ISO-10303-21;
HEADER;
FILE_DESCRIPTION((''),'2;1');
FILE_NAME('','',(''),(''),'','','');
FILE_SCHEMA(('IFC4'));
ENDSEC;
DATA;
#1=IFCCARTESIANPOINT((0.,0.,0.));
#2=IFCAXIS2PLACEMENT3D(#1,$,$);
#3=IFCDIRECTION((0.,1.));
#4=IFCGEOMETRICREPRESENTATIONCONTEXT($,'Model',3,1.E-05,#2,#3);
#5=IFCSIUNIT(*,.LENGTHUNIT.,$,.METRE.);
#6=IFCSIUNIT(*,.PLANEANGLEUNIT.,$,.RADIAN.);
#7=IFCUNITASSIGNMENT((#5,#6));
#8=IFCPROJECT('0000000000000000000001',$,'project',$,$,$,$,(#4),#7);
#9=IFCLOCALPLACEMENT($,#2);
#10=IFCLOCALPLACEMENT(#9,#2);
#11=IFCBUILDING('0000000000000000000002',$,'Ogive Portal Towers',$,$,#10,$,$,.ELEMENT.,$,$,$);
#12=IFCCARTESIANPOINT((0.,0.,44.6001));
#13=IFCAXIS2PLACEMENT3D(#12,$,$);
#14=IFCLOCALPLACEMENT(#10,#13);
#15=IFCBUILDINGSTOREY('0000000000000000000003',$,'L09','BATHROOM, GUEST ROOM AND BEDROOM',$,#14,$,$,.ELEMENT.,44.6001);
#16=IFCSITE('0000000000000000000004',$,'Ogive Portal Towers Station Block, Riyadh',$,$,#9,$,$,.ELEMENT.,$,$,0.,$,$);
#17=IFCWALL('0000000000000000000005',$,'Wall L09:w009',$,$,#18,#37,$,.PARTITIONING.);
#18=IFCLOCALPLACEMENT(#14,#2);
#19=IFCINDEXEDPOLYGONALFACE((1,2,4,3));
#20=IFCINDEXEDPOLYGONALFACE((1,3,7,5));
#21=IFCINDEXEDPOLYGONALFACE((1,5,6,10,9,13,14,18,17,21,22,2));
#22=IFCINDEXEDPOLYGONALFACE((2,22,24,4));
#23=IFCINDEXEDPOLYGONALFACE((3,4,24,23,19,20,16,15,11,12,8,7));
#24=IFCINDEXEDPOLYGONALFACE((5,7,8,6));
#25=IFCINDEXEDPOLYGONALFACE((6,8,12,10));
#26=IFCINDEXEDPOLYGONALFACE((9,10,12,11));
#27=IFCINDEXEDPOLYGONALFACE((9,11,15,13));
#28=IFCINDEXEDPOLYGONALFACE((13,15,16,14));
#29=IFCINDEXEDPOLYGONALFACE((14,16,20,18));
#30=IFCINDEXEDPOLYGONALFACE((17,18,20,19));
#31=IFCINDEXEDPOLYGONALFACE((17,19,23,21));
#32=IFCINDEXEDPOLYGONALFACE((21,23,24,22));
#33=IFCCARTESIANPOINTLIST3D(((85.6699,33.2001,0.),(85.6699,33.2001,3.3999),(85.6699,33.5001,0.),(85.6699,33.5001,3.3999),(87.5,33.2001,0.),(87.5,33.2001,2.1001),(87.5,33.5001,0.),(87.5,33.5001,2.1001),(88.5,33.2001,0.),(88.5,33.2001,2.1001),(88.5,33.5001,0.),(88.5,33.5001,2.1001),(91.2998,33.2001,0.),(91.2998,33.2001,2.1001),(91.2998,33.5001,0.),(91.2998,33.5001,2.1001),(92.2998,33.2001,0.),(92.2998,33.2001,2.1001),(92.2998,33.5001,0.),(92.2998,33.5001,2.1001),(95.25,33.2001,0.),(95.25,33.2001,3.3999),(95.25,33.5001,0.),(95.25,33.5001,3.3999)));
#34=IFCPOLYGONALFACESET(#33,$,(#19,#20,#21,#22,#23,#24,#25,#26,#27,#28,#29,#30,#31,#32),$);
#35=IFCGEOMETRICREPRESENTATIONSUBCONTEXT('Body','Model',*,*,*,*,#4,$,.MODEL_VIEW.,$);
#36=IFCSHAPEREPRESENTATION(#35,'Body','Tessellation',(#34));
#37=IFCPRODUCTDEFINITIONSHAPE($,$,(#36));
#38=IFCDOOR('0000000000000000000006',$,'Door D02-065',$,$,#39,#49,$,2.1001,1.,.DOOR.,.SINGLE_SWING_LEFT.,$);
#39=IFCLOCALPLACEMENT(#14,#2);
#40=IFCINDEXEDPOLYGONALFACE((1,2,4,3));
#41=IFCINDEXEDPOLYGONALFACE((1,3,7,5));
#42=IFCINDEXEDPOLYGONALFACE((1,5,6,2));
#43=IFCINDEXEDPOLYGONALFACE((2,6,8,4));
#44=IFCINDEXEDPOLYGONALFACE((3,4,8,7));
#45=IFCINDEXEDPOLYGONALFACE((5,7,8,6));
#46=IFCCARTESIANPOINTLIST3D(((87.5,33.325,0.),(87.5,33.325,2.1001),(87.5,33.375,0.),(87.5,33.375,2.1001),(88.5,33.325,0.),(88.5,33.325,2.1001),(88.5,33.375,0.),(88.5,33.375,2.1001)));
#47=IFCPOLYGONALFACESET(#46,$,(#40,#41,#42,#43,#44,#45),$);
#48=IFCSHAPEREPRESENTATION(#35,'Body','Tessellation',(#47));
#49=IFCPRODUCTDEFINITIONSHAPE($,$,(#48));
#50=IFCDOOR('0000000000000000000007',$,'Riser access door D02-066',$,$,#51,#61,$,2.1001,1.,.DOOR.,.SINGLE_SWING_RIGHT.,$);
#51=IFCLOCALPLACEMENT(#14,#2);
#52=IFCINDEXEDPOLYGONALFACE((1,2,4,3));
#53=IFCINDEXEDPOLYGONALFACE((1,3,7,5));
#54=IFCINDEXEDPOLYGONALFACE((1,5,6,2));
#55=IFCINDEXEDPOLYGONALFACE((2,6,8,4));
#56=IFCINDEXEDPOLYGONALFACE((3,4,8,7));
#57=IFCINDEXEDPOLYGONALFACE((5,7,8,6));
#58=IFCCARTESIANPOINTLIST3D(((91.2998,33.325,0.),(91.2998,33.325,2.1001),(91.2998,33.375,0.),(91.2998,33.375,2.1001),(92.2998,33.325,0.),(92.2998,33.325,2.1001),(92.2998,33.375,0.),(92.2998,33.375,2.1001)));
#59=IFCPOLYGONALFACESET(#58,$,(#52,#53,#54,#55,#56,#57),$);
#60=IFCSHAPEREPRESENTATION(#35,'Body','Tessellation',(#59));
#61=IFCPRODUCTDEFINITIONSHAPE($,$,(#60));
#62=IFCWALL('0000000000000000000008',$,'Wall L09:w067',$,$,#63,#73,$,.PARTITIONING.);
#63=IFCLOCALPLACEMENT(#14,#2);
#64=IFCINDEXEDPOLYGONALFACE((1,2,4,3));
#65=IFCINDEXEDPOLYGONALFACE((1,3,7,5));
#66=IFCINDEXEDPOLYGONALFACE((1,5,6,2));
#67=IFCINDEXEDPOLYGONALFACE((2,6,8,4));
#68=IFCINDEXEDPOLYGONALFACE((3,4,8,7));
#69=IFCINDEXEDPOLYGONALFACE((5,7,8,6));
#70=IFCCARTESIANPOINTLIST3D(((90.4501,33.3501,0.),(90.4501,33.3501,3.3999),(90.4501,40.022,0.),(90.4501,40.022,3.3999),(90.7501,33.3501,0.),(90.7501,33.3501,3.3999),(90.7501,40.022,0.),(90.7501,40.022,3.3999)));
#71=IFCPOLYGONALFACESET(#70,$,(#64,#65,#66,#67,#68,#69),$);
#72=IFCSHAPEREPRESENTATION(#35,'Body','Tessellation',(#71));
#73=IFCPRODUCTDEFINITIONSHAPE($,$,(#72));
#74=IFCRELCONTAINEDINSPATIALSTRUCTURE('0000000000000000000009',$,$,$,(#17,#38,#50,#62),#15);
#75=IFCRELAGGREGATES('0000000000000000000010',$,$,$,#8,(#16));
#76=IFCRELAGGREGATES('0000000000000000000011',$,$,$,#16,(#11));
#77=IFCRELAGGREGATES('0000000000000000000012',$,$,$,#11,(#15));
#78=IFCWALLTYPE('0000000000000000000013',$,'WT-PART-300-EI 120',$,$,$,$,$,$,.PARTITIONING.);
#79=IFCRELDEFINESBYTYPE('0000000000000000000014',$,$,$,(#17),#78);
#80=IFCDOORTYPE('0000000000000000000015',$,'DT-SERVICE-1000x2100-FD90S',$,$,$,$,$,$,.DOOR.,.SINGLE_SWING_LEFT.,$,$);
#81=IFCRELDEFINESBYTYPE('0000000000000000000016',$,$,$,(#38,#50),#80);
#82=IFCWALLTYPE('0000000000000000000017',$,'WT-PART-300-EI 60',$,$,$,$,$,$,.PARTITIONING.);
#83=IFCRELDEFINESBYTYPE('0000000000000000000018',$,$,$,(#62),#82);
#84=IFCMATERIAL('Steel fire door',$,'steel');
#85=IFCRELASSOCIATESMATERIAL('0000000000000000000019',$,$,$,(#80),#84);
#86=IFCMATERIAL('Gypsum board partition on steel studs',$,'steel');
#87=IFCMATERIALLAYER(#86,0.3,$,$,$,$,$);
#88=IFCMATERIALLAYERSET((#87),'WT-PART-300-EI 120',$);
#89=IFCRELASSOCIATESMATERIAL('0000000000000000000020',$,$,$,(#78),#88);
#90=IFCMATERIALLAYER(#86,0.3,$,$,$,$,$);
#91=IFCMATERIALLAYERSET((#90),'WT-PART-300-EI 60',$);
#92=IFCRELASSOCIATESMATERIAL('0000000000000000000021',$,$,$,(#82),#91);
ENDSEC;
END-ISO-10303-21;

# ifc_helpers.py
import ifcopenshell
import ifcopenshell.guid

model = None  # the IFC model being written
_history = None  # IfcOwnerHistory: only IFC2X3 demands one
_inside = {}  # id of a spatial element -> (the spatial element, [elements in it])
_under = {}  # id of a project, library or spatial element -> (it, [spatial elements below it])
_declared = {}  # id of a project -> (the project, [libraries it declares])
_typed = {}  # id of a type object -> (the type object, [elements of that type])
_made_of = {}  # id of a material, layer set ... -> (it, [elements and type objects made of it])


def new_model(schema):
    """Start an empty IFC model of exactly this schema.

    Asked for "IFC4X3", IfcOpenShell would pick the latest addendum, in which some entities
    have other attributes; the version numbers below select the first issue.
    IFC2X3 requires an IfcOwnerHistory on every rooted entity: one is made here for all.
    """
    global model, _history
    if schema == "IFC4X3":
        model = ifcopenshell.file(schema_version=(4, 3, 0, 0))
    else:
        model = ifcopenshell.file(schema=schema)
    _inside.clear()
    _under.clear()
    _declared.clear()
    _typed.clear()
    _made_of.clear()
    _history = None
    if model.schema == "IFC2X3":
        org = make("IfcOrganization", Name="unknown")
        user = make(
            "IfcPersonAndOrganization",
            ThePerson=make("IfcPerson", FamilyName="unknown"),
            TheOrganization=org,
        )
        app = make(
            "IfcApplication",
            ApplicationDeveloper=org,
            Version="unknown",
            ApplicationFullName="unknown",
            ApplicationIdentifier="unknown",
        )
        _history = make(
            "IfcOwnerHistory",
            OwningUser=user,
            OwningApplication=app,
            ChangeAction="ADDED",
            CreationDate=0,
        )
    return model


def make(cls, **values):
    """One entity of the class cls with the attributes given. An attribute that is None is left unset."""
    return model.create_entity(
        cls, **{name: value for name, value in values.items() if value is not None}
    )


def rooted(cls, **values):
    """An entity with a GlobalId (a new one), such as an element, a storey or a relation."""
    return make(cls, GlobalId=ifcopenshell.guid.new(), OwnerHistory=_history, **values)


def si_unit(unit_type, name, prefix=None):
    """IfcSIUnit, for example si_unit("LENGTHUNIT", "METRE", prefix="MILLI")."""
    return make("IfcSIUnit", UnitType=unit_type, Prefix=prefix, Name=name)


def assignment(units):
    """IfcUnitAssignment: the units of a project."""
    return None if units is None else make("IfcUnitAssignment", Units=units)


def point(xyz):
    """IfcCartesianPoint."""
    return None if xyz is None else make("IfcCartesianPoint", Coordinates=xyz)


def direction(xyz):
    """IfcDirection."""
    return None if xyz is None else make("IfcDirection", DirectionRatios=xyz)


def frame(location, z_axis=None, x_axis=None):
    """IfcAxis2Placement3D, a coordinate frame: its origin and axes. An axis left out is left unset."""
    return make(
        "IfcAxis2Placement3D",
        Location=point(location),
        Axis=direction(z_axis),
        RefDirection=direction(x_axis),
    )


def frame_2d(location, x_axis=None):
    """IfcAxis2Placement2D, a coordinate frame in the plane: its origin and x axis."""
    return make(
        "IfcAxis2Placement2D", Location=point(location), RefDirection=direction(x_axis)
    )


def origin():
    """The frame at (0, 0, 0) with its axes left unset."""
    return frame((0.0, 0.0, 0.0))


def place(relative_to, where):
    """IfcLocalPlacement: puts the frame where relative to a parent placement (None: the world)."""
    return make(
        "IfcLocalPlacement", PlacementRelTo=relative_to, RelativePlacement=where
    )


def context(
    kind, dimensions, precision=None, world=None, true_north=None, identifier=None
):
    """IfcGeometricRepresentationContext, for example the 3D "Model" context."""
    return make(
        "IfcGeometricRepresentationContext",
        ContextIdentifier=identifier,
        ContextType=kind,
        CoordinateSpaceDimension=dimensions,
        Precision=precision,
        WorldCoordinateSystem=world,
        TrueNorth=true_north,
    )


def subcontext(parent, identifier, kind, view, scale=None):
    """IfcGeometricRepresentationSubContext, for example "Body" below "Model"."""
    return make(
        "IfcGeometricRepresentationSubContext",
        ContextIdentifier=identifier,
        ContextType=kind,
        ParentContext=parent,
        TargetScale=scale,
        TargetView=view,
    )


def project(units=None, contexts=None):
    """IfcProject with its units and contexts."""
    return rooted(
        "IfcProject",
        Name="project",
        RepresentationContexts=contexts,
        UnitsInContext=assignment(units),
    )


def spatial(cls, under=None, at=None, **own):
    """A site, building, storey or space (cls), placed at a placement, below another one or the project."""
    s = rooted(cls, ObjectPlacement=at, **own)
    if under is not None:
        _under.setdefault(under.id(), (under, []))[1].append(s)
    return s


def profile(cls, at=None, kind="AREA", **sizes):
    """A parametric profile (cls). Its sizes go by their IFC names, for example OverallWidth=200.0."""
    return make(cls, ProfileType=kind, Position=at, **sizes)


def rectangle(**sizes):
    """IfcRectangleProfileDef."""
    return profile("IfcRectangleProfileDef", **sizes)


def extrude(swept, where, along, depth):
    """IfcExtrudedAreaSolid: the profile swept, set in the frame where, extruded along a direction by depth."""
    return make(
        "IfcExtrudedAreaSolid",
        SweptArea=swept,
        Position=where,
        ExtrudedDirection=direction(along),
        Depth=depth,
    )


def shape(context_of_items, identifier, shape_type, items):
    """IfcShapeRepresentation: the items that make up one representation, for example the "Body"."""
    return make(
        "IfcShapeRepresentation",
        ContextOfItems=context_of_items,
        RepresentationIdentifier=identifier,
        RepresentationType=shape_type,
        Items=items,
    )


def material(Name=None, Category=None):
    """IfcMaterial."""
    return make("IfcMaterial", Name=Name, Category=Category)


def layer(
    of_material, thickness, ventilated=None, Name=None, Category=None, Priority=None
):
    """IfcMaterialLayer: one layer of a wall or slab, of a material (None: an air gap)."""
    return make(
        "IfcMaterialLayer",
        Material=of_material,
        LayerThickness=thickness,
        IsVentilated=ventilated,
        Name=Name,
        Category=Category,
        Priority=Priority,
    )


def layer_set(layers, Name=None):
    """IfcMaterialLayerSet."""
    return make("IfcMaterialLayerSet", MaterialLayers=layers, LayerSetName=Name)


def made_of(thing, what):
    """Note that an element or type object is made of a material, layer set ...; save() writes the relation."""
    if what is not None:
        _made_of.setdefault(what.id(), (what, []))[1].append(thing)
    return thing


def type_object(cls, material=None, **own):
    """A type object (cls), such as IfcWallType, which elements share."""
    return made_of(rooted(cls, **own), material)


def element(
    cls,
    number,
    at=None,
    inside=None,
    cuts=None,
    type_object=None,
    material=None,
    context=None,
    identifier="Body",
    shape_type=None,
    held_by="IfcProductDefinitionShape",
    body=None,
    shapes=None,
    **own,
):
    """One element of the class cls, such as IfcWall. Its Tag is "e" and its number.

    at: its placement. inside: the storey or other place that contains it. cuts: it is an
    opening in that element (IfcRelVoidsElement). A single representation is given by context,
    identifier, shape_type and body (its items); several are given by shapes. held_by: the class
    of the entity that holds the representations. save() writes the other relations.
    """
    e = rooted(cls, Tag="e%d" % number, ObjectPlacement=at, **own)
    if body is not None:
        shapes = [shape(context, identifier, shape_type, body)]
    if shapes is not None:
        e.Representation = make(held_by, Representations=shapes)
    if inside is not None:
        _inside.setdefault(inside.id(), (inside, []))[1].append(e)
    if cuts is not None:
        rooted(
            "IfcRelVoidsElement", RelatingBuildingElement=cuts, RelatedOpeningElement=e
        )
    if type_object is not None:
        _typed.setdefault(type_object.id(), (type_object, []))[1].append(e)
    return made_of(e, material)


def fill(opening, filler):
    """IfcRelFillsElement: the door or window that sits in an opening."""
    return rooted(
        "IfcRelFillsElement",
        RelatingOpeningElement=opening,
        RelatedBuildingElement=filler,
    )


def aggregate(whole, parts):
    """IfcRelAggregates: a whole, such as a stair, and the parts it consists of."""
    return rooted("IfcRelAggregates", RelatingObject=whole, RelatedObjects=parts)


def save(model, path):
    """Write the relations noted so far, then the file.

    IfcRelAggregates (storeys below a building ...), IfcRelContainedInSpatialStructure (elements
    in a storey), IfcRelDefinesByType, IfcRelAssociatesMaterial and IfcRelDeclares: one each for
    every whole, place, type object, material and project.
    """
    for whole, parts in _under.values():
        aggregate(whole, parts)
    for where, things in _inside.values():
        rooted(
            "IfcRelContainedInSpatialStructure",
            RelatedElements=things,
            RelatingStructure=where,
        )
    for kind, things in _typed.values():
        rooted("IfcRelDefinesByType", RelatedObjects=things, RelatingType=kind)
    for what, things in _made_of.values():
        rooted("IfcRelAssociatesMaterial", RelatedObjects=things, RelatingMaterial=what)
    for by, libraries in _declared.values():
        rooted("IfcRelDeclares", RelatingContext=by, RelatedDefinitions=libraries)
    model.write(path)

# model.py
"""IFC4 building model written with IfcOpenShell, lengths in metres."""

from ifc_helpers import new_model, si_unit, direction, frame, frame_2d, origin, place, context, subcontext, project, spatial, rectangle, extrude, material, layer, layer_set, type_object, element, fill, save


model = new_model("IFC4")

# Units and contexts
model_context = context("Model", 3, precision=1e-05, world=origin(), true_north=direction((0.0, 1.0)))
body_context = subcontext(model_context, "Body", "Model", "MODEL_VIEW")
ifc_project = project(units=[si_unit("LENGTHUNIT", "METRE"), si_unit("PLANEANGLEUNIT", "RADIAN")], contexts=[model_context])

# Site, building, storey
site_placement = place(None, origin())
site = spatial("IfcSite", under=ifc_project, at=site_placement, Name="Ogive Portal Towers Station Block, Riyadh", CompositionType="ELEMENT", RefElevation=0.0)
building_placement = place(site_placement, origin())
building = spatial("IfcBuilding", under=site, at=building_placement, Name="Ogive Portal Towers", CompositionType="ELEMENT")
storey_placement = place(building_placement, frame((0.0, 0.0, 44.6001)))
storey = spatial("IfcBuildingStorey", under=building, at=storey_placement, Name="L09", Description="BATHROOM, GUEST ROOM AND BEDROOM", CompositionType="ELEMENT", Elevation=44.6001)

# Shared definitions
ifc_material_1 = material(Name="Steel fire door", Category="steel")

# Shared definitions
door_type_1 = type_object("IfcDoorType", Name="DT-SERVICE-1000x2100-FD90S", OperationType="SINGLE_SWING_LEFT", PredefinedType="DOOR", material=ifc_material_1)

# Wall, openings, doors
ifc_material_2 = material(Name="Gypsum board partition on steel studs", Category="steel")
ifc_layer_1 = layer(ifc_material_2, 0.3)
ifc_layer_set_1 = layer_set([ifc_layer_1], Name="WT-PART-300-EI 120")
wall_type_1 = type_object("IfcWallType", Name="WT-PART-300-EI 120", PredefinedType="PARTITIONING", material=ifc_layer_set_1)
wall_1_placement = place(storey_placement, frame((85.6699, 33.3501, 0.0), z_axis=(0.0, 0.0, 1.0), x_axis=(1.0, 0.0, 0.0)))
wall_1 = element("IfcWall", 1, at=wall_1_placement, inside=storey, type_object=wall_type_1, Name="Wall L09:w009", PredefinedType="PARTITIONING", context=body_context, shape_type="SweptSolid", body=[
    extrude(rectangle(XDim=9.5801, YDim=0.3, at=frame_2d((4.79, 0.0))), origin(), (0.0, 0.0, 1.0), 3.3999),
])
opening_1_placement = place(wall_1_placement, frame((1.8301, 0.0, 0.0)))
opening_1 = element("IfcOpeningElement", 2, at=opening_1_placement, cuts=wall_1, PredefinedType="OPENING", context=body_context, shape_type="SweptSolid", body=[
    extrude(rectangle(XDim=1.0, YDim=2.1001, at=frame_2d((0.5, 1.05))), frame((0.0, 0.1602, 0.0), z_axis=(0.0, -1.0, 0.0), x_axis=(1.0, 0.0, 0.0)), (0.0, 0.0, 1.0), 0.3201),
])
opening_2_placement = place(wall_1_placement, frame((5.6299, 0.0, 0.0)))
opening_2 = element("IfcOpeningElement", 3, at=opening_2_placement, cuts=wall_1, PredefinedType="OPENING", context=body_context, shape_type="SweptSolid", body=[
    extrude(rectangle(XDim=1.0, YDim=2.1001, at=frame_2d((0.5, 1.05))), frame((0.0, 0.1602, 0.0), z_axis=(0.0, -1.0, 0.0), x_axis=(1.0, 0.0, 0.0)), (0.0, 0.0, 1.0), 0.3201),
])
door_1_placement = place(opening_1_placement, origin())
door_1 = element("IfcDoor", 4, at=door_1_placement, inside=storey, type_object=door_type_1, Name="Door D02-065", OperationType="SINGLE_SWING_LEFT", OverallHeight=2.1001, OverallWidth=1.0, PredefinedType="DOOR", context=body_context, shape_type="SweptSolid", body=[
    extrude(rectangle(XDim=1.0, YDim=2.1001, at=frame_2d((0.5, 1.05))), frame((0.0, 0.0249, 0.0), z_axis=(0.0, -1.0, 0.0), x_axis=(1.0, 0.0, 0.0)), (0.0, 0.0, 1.0), 0.05),
])
fill(opening_1, door_1)
door_2_placement = place(opening_2_placement, origin())
door_2 = element("IfcDoor", 5, at=door_2_placement, inside=storey, type_object=door_type_1, Name="Riser access door D02-066", OperationType="SINGLE_SWING_RIGHT", OverallHeight=2.1001, OverallWidth=1.0, PredefinedType="DOOR", context=body_context, shape_type="SweptSolid", body=[
    extrude(rectangle(XDim=1.0, YDim=2.1001, at=frame_2d((0.5, 1.05))), frame((0.0, 0.0249, 0.0), z_axis=(0.0, -1.0, 0.0), x_axis=(1.0, 0.0, 0.0)), (0.0, 0.0, 1.0), 0.05),
])
fill(opening_2, door_2)

# Wall
ifc_layer_2 = layer(ifc_material_2, 0.3)
ifc_layer_set_2 = layer_set([ifc_layer_2], Name="WT-PART-300-EI 60")
wall_type_2 = type_object("IfcWallType", Name="WT-PART-300-EI 60", PredefinedType="PARTITIONING", material=ifc_layer_set_2)
wall_2_placement = place(storey_placement, frame((90.6001, 33.3501, 0.0), z_axis=(0.0, 0.0, 1.0), x_axis=(0.0, 1.0, 0.0)))
element("IfcWall", 6, at=wall_2_placement, inside=storey, type_object=wall_type_2, Name="Wall L09:w067", PredefinedType="PARTITIONING", context=body_context, shape_type="SweptSolid", body=[
    extrude(rectangle(XDim=6.6719, YDim=0.3, at=frame_2d((3.3359, 0.0))), origin(), (0.0, 0.0, 1.0), 3.3999),
])

save(model, "model.ifc")
